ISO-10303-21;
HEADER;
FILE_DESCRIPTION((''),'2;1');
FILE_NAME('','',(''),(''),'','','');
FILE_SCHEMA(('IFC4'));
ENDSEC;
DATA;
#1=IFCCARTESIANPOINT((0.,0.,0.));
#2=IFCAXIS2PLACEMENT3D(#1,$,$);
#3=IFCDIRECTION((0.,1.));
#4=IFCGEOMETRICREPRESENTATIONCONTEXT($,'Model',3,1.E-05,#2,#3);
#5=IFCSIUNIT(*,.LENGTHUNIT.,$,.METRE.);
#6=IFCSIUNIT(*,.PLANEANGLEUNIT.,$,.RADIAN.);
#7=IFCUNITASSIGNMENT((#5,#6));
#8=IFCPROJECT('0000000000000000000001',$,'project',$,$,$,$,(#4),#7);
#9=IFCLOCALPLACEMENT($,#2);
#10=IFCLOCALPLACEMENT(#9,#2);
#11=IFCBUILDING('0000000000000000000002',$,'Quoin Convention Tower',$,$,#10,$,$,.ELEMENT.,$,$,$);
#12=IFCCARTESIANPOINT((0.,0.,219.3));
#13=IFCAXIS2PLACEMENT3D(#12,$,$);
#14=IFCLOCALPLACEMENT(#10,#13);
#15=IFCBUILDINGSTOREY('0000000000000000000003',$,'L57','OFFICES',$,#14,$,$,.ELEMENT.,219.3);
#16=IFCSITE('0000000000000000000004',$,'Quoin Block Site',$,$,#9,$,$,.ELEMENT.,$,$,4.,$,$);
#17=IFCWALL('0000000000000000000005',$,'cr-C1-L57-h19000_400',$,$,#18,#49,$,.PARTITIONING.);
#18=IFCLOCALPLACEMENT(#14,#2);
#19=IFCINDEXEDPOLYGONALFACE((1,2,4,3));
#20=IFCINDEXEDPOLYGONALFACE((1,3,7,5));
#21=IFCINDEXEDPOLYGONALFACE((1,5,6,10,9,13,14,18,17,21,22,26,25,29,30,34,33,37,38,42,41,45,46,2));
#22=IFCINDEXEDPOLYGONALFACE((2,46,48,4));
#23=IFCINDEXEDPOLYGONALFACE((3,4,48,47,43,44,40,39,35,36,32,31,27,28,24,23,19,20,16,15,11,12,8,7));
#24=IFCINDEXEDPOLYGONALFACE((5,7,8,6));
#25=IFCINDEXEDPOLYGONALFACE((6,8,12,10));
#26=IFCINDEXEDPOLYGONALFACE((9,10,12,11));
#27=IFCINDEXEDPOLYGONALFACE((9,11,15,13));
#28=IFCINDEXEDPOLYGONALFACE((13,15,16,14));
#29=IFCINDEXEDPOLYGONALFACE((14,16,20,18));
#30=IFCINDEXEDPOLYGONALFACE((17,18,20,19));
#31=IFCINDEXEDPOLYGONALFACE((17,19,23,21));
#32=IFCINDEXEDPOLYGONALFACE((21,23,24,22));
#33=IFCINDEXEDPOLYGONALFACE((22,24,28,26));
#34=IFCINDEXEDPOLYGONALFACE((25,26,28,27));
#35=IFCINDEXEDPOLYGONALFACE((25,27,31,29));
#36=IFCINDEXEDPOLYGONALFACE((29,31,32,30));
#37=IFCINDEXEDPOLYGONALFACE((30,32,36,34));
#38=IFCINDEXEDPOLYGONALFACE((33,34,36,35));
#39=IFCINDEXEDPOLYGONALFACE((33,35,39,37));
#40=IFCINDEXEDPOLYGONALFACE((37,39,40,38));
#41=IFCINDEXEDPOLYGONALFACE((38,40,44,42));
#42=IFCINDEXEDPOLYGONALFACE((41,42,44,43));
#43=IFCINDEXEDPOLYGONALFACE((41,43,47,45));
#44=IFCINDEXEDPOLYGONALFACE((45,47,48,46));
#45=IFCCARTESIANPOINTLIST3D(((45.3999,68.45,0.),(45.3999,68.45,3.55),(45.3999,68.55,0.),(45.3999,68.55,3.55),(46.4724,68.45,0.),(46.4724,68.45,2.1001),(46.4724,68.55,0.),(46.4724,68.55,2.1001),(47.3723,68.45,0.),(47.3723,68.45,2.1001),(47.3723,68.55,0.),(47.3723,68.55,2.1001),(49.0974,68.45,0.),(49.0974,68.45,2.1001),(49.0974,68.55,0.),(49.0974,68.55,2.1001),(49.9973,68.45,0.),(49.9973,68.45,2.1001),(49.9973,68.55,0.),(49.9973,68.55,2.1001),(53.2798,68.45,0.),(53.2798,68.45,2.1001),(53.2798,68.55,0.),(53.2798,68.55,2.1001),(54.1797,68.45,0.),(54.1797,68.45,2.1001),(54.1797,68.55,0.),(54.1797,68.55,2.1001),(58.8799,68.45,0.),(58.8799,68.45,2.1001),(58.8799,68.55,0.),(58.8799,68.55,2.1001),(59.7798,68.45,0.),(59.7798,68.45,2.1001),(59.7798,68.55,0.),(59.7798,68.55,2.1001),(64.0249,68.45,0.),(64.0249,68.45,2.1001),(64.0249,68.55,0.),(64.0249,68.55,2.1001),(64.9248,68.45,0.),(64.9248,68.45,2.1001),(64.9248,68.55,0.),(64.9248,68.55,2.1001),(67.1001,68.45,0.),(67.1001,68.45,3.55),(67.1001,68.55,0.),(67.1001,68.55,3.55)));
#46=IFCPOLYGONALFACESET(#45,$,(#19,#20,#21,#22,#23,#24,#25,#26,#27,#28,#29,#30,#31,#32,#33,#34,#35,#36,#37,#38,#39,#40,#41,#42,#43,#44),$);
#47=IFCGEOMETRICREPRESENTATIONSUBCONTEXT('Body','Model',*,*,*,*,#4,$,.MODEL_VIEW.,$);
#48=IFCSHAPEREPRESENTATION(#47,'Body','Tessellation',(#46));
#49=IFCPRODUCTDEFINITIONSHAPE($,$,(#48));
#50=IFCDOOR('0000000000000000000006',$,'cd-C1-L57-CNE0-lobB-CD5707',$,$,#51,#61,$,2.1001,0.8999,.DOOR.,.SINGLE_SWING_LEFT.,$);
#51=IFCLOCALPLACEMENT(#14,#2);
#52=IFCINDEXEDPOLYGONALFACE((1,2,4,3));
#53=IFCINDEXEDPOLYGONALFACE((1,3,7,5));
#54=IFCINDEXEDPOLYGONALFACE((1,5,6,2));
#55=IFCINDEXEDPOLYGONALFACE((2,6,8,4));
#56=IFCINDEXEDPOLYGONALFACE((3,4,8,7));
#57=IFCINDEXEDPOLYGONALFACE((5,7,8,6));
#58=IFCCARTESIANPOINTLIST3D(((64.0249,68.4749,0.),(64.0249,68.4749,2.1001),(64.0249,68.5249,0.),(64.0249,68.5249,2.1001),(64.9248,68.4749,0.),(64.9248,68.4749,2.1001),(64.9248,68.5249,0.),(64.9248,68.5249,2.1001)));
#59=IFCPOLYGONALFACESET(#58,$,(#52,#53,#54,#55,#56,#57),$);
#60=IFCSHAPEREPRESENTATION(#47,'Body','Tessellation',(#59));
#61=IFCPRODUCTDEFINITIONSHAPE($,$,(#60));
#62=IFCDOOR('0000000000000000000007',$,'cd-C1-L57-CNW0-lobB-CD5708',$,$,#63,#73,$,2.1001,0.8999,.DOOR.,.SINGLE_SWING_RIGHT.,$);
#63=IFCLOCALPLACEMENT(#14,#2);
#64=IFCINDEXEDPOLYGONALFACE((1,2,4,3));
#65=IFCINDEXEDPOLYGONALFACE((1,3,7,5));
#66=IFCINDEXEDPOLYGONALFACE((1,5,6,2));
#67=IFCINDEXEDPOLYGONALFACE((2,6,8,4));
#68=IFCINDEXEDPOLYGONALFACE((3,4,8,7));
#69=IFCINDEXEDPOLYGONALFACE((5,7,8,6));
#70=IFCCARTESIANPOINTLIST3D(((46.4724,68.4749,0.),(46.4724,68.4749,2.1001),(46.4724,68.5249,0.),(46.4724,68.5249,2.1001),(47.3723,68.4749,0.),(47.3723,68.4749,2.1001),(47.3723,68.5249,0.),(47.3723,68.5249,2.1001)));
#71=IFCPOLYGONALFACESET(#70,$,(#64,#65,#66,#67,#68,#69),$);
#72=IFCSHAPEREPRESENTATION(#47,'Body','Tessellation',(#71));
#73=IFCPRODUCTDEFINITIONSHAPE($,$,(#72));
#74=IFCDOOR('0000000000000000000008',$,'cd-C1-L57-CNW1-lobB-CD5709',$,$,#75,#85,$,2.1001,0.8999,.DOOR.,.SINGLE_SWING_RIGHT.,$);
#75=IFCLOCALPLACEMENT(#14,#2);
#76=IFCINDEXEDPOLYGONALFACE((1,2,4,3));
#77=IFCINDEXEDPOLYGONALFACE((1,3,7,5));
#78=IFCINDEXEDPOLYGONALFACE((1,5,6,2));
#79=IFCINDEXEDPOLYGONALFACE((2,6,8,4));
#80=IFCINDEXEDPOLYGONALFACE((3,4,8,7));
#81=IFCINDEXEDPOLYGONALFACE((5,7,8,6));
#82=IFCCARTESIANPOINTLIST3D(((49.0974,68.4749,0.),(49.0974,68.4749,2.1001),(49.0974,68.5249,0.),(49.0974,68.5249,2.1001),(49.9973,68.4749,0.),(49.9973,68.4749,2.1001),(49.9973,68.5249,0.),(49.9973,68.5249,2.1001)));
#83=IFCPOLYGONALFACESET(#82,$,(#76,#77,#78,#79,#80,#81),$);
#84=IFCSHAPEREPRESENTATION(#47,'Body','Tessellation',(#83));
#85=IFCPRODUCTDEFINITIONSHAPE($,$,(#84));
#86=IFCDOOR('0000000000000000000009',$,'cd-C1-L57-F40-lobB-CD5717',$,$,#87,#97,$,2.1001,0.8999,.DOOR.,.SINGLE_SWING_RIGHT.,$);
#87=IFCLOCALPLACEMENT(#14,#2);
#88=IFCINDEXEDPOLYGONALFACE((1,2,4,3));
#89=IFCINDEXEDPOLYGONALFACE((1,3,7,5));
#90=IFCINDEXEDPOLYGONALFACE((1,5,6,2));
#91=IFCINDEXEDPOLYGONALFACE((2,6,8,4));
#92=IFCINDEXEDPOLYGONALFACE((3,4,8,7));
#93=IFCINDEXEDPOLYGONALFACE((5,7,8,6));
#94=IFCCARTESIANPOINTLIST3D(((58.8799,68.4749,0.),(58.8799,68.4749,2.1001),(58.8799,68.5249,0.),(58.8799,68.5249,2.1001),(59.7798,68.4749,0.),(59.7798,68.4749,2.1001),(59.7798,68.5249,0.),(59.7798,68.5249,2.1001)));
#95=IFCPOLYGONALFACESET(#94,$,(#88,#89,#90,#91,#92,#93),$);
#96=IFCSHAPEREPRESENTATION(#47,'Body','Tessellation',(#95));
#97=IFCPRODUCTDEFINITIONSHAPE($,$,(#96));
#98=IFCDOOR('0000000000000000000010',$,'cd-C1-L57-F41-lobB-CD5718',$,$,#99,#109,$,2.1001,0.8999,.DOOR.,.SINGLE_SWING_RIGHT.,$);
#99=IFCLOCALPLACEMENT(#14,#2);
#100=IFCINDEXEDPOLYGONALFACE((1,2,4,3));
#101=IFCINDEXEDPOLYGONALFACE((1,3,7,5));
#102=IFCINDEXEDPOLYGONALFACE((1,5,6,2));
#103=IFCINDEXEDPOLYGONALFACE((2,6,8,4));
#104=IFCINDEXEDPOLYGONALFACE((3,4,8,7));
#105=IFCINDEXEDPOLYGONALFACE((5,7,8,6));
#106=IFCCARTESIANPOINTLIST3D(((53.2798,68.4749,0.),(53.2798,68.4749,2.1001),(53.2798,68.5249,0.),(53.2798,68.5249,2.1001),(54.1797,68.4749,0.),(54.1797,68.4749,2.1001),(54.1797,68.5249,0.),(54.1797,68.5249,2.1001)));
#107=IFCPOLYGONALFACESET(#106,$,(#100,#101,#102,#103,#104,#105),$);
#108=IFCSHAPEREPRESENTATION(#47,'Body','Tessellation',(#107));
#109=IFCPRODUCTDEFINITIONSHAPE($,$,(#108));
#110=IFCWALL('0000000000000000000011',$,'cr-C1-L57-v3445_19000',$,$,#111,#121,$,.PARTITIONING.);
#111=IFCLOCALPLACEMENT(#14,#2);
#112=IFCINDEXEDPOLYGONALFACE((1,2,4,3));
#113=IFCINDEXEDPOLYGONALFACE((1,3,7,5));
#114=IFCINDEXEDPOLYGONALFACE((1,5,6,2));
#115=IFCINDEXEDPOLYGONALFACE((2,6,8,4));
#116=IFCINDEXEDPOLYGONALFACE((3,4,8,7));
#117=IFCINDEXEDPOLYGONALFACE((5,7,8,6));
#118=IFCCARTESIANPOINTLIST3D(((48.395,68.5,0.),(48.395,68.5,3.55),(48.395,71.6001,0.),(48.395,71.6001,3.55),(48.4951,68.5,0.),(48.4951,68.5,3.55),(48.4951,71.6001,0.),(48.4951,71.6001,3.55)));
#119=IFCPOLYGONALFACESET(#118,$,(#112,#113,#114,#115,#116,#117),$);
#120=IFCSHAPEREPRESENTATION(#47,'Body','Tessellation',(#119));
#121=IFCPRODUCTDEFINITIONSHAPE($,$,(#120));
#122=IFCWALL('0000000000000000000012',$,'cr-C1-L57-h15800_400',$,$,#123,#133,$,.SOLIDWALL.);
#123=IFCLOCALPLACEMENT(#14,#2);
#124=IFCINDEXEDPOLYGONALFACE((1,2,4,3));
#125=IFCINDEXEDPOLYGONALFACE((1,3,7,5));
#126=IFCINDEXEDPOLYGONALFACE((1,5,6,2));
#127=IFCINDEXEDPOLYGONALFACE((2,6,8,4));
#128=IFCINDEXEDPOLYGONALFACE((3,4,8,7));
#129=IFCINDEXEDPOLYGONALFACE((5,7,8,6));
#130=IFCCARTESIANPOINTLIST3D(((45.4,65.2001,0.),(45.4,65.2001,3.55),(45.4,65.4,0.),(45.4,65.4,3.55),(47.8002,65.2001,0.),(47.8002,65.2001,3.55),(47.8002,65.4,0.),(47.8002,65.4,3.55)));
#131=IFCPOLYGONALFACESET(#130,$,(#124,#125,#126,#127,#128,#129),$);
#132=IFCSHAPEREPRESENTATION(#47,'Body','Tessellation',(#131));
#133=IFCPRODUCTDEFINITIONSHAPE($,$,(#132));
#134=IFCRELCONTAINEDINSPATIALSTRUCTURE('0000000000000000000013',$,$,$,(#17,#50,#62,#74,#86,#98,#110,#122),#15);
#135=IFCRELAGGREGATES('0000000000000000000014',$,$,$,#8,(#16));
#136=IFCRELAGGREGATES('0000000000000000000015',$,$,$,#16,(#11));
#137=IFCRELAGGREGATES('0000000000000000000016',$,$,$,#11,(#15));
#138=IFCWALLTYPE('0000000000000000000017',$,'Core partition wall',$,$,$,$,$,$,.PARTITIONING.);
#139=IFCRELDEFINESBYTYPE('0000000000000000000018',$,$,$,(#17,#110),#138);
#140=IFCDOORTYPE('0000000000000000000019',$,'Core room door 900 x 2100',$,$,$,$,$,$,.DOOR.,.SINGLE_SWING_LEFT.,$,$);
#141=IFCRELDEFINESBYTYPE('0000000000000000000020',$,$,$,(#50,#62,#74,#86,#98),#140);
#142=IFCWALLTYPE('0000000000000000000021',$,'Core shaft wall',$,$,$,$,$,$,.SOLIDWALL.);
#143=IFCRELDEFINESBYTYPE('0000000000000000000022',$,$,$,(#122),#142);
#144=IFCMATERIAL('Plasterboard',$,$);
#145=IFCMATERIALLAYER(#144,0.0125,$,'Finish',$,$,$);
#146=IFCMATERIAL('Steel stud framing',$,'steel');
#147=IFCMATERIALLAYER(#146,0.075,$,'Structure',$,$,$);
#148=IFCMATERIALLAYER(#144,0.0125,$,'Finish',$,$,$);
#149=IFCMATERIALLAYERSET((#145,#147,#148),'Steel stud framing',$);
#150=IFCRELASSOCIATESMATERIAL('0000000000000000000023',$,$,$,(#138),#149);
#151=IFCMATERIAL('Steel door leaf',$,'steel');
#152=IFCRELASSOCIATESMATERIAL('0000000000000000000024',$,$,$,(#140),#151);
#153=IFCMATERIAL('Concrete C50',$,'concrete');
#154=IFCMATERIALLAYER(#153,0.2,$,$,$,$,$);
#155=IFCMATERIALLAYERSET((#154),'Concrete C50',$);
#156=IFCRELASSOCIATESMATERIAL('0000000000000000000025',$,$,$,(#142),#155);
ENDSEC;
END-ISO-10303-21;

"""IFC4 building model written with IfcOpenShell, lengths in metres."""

from ifc_helpers import new_model, si_unit, direction, frame, frame_2d, origin, place, context, subcontext, project, spatial, rectangle, extrude, material, layer, layer_set, type_object, element, fill, save


model = new_model("IFC4")

# Units and contexts
model_context = context("Model", 3, precision=1e-05, world=origin(), true_north=direction((0.0, 1.0)))
body_context = subcontext(model_context, "Body", "Model", "MODEL_VIEW")
ifc_project = project(units=[si_unit("LENGTHUNIT", "METRE"), si_unit("PLANEANGLEUNIT", "RADIAN")], contexts=[model_context])

# Site, building, storey
site_placement = place(None, origin())
site = spatial("IfcSite", under=ifc_project, at=site_placement, Name="Quoin Block Site", CompositionType="ELEMENT", RefElevation=4.0)
building_placement = place(site_placement, origin())
building = spatial("IfcBuilding", under=site, at=building_placement, Name="Quoin Convention Tower", CompositionType="ELEMENT")
storey_placement = place(building_placement, frame((0.0, 0.0, 219.3)))
storey = spatial("IfcBuildingStorey", under=building, at=storey_placement, Name="L57", Description="OFFICES", CompositionType="ELEMENT", Elevation=219.3)

# Wall, openings, doors
ifc_material_1 = material(Name="Plasterboard")
ifc_layer_1 = layer(ifc_material_1, 0.0125, Name="Finish")
ifc_material_2 = material(Name="Steel stud framing", Category="steel")
ifc_layer_2 = layer(ifc_material_2, 0.075, Name="Structure")
ifc_layer_3 = layer(ifc_material_1, 0.0125, Name="Finish")
ifc_layer_set_1 = layer_set([ifc_layer_1, ifc_layer_2, ifc_layer_3], Name="Steel stud framing")
wall_type_1 = type_object("IfcWallType", Name="Core partition wall", PredefinedType="PARTITIONING", material=ifc_layer_set_1)
wall_1_placement = place(storey_placement, frame((45.3999, 68.5, 0.0), z_axis=(0.0, 0.0, 1.0), x_axis=(1.0, 0.0, 0.0)))
wall_1 = element("IfcWall", 1, at=wall_1_placement, inside=storey, type_object=wall_type_1, Name="cr-C1-L57-h19000_400", PredefinedType="PARTITIONING", context=body_context, shape_type="SweptSolid", body=[
    extrude(rectangle(XDim=21.7002, YDim=0.1001, at=frame_2d((10.8501, 0.0))), origin(), (0.0, 0.0, 1.0), 3.55),
])
opening_1_placement = place(wall_1_placement, frame((18.625, 0.0, 0.0)))
opening_1 = element("IfcOpeningElement", 2, at=opening_1_placement, cuts=wall_1, PredefinedType="OPENING", context=body_context, shape_type="SweptSolid", body=[
    extrude(rectangle(XDim=0.8999, YDim=2.1001, at=frame_2d((0.45, 1.05))), frame((0.0, 0.0601, 0.0), z_axis=(0.0, -1.0, 0.0), x_axis=(1.0, 0.0, 0.0)), (0.0, 0.0, 1.0), 0.1201),
])
opening_2_placement = place(wall_1_placement, frame((1.0725, 0.0, 0.0)))
opening_2 = element("IfcOpeningElement", 3, at=opening_2_placement, cuts=wall_1, PredefinedType="OPENING", context=body_context, shape_type="SweptSolid", body=[
    extrude(rectangle(XDim=0.8999, YDim=2.1001, at=frame_2d((0.45, 1.05))), frame((0.0, 0.0601, 0.0), z_axis=(0.0, -1.0, 0.0), x_axis=(1.0, 0.0, 0.0)), (0.0, 0.0, 1.0), 0.1201),
])
opening_3_placement = place(wall_1_placement, frame((3.6975, 0.0, 0.0)))
opening_3 = element("IfcOpeningElement", 4, at=opening_3_placement, cuts=wall_1, PredefinedType="OPENING", context=body_context, shape_type="SweptSolid", body=[
    extrude(rectangle(XDim=0.8999, YDim=2.1001, at=frame_2d((0.45, 1.05))), frame((0.0, 0.0601, 0.0), z_axis=(0.0, -1.0, 0.0), x_axis=(1.0, 0.0, 0.0)), (0.0, 0.0, 1.0), 0.1201),
])
opening_4_placement = place(wall_1_placement, frame((13.48, 0.0, 0.0)))
opening_4 = element("IfcOpeningElement", 5, at=opening_4_placement, cuts=wall_1, PredefinedType="OPENING", context=body_context, shape_type="SweptSolid", body=[
    extrude(rectangle(XDim=0.8999, YDim=2.1001, at=frame_2d((0.45, 1.05))), frame((0.0, 0.0601, 0.0), z_axis=(0.0, -1.0, 0.0), x_axis=(1.0, 0.0, 0.0)), (0.0, 0.0, 1.0), 0.1201),
])
opening_5_placement = place(wall_1_placement, frame((7.8799, 0.0, 0.0)))
opening_5 = element("IfcOpeningElement", 6, at=opening_5_placement, cuts=wall_1, PredefinedType="OPENING", context=body_context, shape_type="SweptSolid", body=[
    extrude(rectangle(XDim=0.8999, YDim=2.1001, at=frame_2d((0.45, 1.05))), frame((0.0, 0.0601, 0.0), z_axis=(0.0, -1.0, 0.0), x_axis=(1.0, 0.0, 0.0)), (0.0, 0.0, 1.0), 0.1201),
])
ifc_material_3 = material(Name="Steel door leaf", Category="steel")
door_type_1 = type_object("IfcDoorType", Name="Core room door 900 x 2100", OperationType="SINGLE_SWING_LEFT", PredefinedType="DOOR", material=ifc_material_3)
door_1_placement = place(opening_1_placement, origin())
door_1 = element("IfcDoor", 7, at=door_1_placement, inside=storey, type_object=door_type_1, Name="cd-C1-L57-CNE0-lobB-CD5707", OperationType="SINGLE_SWING_LEFT", OverallHeight=2.1001, OverallWidth=0.8999, PredefinedType="DOOR", context=body_context, shape_type="SweptSolid", body=[
    extrude(rectangle(XDim=0.8999, YDim=2.1001, at=frame_2d((0.45, 1.05))), frame((0.0, 0.0249, 0.0), z_axis=(0.0, -1.0, 0.0), x_axis=(1.0, 0.0, 0.0)), (0.0, 0.0, 1.0), 0.05),
])
fill(opening_1, door_1)
door_2_placement = place(opening_2_placement, origin())
door_2 = element("IfcDoor", 8, at=door_2_placement, inside=storey, type_object=door_type_1, Name="cd-C1-L57-CNW0-lobB-CD5708", OperationType="SINGLE_SWING_RIGHT", OverallHeight=2.1001, OverallWidth=0.8999, PredefinedType="DOOR", context=body_context, shape_type="SweptSolid", body=[
    extrude(rectangle(XDim=0.8999, YDim=2.1001, at=frame_2d((0.45, 1.05))), frame((0.0, 0.0249, 0.0), z_axis=(0.0, -1.0, 0.0), x_axis=(1.0, 0.0, 0.0)), (0.0, 0.0, 1.0), 0.05),
])
fill(opening_2, door_2)
door_3_placement = place(opening_3_placement, origin())
door_3 = element("IfcDoor", 9, at=door_3_placement, inside=storey, type_object=door_type_1, Name="cd-C1-L57-CNW1-lobB-CD5709", OperationType="SINGLE_SWING_RIGHT", OverallHeight=2.1001, OverallWidth=0.8999, PredefinedType="DOOR", context=body_context, shape_type="SweptSolid", body=[
    extrude(rectangle(XDim=0.8999, YDim=2.1001, at=frame_2d((0.45, 1.05))), frame((0.0, 0.0249, 0.0), z_axis=(0.0, -1.0, 0.0), x_axis=(1.0, 0.0, 0.0)), (0.0, 0.0, 1.0), 0.05),
])
fill(opening_3, door_3)
door_4_placement = place(opening_4_placement, origin())
door_4 = element("IfcDoor", 10, at=door_4_placement, inside=storey, type_object=door_type_1, Name="cd-C1-L57-F40-lobB-CD5717", OperationType="SINGLE_SWING_RIGHT", OverallHeight=2.1001, OverallWidth=0.8999, PredefinedType="DOOR", context=body_context, shape_type="SweptSolid", body=[
    extrude(rectangle(XDim=0.8999, YDim=2.1001, at=frame_2d((0.45, 1.05))), frame((0.0, 0.0249, 0.0), z_axis=(0.0, -1.0, 0.0), x_axis=(1.0, 0.0, 0.0)), (0.0, 0.0, 1.0), 0.05),
])
fill(opening_4, door_4)
door_5_placement = place(opening_5_placement, origin())
door_5 = element("IfcDoor", 11, at=door_5_placement, inside=storey, type_object=door_type_1, Name="cd-C1-L57-F41-lobB-CD5718", OperationType="SINGLE_SWING_RIGHT", OverallHeight=2.1001, OverallWidth=0.8999, PredefinedType="DOOR", context=body_context, shape_type="SweptSolid", body=[
    extrude(rectangle(XDim=0.8999, YDim=2.1001, at=frame_2d((0.45, 1.05))), frame((0.0, 0.0249, 0.0), z_axis=(0.0, -1.0, 0.0), x_axis=(1.0, 0.0, 0.0)), (0.0, 0.0, 1.0), 0.05),
])
fill(opening_5, door_5)

# Walls
wall_2_placement = place(storey_placement, frame((48.4451, 68.5, 0.0), z_axis=(0.0, 0.0, 1.0), x_axis=(0.0, 1.0, 0.0)))
element("IfcWall", 12, at=wall_2_placement, inside=storey, type_object=wall_type_1, Name="cr-C1-L57-v3445_19000", PredefinedType="PARTITIONING", context=body_context, shape_type="SweptSolid", body=[
    extrude(rectangle(XDim=3.1001, YDim=0.1001, at=frame_2d((1.55, 0.0))), origin(), (0.0, 0.0, 1.0), 3.55),
])
ifc_material_4 = material(Name="Concrete C50", Category="concrete")
ifc_layer_4 = layer(ifc_material_4, 0.2)
ifc_layer_set_2 = layer_set([ifc_layer_4], Name="Concrete C50")
wall_type_2 = type_object("IfcWallType", Name="Core shaft wall", PredefinedType="SOLIDWALL", material=ifc_layer_set_2)
wall_3_placement = place(storey_placement, frame((45.3999, 65.3, 0.0), z_axis=(0.0, 0.0, 1.0), x_axis=(1.0, 0.0, 0.0)))
element("IfcWall", 13, at=wall_3_placement, inside=storey, type_object=wall_type_2, Name="cr-C1-L57-h15800_400", PredefinedType="SOLIDWALL", context=body_context, shape_type="SweptSolid", body=[
    extrude(rectangle(XDim=2.4001, YDim=0.2, at=frame_2d((1.2002, 0.0))), origin(), (0.0, 0.0, 1.0), 3.55),
])

save(model, "model.ifc")
